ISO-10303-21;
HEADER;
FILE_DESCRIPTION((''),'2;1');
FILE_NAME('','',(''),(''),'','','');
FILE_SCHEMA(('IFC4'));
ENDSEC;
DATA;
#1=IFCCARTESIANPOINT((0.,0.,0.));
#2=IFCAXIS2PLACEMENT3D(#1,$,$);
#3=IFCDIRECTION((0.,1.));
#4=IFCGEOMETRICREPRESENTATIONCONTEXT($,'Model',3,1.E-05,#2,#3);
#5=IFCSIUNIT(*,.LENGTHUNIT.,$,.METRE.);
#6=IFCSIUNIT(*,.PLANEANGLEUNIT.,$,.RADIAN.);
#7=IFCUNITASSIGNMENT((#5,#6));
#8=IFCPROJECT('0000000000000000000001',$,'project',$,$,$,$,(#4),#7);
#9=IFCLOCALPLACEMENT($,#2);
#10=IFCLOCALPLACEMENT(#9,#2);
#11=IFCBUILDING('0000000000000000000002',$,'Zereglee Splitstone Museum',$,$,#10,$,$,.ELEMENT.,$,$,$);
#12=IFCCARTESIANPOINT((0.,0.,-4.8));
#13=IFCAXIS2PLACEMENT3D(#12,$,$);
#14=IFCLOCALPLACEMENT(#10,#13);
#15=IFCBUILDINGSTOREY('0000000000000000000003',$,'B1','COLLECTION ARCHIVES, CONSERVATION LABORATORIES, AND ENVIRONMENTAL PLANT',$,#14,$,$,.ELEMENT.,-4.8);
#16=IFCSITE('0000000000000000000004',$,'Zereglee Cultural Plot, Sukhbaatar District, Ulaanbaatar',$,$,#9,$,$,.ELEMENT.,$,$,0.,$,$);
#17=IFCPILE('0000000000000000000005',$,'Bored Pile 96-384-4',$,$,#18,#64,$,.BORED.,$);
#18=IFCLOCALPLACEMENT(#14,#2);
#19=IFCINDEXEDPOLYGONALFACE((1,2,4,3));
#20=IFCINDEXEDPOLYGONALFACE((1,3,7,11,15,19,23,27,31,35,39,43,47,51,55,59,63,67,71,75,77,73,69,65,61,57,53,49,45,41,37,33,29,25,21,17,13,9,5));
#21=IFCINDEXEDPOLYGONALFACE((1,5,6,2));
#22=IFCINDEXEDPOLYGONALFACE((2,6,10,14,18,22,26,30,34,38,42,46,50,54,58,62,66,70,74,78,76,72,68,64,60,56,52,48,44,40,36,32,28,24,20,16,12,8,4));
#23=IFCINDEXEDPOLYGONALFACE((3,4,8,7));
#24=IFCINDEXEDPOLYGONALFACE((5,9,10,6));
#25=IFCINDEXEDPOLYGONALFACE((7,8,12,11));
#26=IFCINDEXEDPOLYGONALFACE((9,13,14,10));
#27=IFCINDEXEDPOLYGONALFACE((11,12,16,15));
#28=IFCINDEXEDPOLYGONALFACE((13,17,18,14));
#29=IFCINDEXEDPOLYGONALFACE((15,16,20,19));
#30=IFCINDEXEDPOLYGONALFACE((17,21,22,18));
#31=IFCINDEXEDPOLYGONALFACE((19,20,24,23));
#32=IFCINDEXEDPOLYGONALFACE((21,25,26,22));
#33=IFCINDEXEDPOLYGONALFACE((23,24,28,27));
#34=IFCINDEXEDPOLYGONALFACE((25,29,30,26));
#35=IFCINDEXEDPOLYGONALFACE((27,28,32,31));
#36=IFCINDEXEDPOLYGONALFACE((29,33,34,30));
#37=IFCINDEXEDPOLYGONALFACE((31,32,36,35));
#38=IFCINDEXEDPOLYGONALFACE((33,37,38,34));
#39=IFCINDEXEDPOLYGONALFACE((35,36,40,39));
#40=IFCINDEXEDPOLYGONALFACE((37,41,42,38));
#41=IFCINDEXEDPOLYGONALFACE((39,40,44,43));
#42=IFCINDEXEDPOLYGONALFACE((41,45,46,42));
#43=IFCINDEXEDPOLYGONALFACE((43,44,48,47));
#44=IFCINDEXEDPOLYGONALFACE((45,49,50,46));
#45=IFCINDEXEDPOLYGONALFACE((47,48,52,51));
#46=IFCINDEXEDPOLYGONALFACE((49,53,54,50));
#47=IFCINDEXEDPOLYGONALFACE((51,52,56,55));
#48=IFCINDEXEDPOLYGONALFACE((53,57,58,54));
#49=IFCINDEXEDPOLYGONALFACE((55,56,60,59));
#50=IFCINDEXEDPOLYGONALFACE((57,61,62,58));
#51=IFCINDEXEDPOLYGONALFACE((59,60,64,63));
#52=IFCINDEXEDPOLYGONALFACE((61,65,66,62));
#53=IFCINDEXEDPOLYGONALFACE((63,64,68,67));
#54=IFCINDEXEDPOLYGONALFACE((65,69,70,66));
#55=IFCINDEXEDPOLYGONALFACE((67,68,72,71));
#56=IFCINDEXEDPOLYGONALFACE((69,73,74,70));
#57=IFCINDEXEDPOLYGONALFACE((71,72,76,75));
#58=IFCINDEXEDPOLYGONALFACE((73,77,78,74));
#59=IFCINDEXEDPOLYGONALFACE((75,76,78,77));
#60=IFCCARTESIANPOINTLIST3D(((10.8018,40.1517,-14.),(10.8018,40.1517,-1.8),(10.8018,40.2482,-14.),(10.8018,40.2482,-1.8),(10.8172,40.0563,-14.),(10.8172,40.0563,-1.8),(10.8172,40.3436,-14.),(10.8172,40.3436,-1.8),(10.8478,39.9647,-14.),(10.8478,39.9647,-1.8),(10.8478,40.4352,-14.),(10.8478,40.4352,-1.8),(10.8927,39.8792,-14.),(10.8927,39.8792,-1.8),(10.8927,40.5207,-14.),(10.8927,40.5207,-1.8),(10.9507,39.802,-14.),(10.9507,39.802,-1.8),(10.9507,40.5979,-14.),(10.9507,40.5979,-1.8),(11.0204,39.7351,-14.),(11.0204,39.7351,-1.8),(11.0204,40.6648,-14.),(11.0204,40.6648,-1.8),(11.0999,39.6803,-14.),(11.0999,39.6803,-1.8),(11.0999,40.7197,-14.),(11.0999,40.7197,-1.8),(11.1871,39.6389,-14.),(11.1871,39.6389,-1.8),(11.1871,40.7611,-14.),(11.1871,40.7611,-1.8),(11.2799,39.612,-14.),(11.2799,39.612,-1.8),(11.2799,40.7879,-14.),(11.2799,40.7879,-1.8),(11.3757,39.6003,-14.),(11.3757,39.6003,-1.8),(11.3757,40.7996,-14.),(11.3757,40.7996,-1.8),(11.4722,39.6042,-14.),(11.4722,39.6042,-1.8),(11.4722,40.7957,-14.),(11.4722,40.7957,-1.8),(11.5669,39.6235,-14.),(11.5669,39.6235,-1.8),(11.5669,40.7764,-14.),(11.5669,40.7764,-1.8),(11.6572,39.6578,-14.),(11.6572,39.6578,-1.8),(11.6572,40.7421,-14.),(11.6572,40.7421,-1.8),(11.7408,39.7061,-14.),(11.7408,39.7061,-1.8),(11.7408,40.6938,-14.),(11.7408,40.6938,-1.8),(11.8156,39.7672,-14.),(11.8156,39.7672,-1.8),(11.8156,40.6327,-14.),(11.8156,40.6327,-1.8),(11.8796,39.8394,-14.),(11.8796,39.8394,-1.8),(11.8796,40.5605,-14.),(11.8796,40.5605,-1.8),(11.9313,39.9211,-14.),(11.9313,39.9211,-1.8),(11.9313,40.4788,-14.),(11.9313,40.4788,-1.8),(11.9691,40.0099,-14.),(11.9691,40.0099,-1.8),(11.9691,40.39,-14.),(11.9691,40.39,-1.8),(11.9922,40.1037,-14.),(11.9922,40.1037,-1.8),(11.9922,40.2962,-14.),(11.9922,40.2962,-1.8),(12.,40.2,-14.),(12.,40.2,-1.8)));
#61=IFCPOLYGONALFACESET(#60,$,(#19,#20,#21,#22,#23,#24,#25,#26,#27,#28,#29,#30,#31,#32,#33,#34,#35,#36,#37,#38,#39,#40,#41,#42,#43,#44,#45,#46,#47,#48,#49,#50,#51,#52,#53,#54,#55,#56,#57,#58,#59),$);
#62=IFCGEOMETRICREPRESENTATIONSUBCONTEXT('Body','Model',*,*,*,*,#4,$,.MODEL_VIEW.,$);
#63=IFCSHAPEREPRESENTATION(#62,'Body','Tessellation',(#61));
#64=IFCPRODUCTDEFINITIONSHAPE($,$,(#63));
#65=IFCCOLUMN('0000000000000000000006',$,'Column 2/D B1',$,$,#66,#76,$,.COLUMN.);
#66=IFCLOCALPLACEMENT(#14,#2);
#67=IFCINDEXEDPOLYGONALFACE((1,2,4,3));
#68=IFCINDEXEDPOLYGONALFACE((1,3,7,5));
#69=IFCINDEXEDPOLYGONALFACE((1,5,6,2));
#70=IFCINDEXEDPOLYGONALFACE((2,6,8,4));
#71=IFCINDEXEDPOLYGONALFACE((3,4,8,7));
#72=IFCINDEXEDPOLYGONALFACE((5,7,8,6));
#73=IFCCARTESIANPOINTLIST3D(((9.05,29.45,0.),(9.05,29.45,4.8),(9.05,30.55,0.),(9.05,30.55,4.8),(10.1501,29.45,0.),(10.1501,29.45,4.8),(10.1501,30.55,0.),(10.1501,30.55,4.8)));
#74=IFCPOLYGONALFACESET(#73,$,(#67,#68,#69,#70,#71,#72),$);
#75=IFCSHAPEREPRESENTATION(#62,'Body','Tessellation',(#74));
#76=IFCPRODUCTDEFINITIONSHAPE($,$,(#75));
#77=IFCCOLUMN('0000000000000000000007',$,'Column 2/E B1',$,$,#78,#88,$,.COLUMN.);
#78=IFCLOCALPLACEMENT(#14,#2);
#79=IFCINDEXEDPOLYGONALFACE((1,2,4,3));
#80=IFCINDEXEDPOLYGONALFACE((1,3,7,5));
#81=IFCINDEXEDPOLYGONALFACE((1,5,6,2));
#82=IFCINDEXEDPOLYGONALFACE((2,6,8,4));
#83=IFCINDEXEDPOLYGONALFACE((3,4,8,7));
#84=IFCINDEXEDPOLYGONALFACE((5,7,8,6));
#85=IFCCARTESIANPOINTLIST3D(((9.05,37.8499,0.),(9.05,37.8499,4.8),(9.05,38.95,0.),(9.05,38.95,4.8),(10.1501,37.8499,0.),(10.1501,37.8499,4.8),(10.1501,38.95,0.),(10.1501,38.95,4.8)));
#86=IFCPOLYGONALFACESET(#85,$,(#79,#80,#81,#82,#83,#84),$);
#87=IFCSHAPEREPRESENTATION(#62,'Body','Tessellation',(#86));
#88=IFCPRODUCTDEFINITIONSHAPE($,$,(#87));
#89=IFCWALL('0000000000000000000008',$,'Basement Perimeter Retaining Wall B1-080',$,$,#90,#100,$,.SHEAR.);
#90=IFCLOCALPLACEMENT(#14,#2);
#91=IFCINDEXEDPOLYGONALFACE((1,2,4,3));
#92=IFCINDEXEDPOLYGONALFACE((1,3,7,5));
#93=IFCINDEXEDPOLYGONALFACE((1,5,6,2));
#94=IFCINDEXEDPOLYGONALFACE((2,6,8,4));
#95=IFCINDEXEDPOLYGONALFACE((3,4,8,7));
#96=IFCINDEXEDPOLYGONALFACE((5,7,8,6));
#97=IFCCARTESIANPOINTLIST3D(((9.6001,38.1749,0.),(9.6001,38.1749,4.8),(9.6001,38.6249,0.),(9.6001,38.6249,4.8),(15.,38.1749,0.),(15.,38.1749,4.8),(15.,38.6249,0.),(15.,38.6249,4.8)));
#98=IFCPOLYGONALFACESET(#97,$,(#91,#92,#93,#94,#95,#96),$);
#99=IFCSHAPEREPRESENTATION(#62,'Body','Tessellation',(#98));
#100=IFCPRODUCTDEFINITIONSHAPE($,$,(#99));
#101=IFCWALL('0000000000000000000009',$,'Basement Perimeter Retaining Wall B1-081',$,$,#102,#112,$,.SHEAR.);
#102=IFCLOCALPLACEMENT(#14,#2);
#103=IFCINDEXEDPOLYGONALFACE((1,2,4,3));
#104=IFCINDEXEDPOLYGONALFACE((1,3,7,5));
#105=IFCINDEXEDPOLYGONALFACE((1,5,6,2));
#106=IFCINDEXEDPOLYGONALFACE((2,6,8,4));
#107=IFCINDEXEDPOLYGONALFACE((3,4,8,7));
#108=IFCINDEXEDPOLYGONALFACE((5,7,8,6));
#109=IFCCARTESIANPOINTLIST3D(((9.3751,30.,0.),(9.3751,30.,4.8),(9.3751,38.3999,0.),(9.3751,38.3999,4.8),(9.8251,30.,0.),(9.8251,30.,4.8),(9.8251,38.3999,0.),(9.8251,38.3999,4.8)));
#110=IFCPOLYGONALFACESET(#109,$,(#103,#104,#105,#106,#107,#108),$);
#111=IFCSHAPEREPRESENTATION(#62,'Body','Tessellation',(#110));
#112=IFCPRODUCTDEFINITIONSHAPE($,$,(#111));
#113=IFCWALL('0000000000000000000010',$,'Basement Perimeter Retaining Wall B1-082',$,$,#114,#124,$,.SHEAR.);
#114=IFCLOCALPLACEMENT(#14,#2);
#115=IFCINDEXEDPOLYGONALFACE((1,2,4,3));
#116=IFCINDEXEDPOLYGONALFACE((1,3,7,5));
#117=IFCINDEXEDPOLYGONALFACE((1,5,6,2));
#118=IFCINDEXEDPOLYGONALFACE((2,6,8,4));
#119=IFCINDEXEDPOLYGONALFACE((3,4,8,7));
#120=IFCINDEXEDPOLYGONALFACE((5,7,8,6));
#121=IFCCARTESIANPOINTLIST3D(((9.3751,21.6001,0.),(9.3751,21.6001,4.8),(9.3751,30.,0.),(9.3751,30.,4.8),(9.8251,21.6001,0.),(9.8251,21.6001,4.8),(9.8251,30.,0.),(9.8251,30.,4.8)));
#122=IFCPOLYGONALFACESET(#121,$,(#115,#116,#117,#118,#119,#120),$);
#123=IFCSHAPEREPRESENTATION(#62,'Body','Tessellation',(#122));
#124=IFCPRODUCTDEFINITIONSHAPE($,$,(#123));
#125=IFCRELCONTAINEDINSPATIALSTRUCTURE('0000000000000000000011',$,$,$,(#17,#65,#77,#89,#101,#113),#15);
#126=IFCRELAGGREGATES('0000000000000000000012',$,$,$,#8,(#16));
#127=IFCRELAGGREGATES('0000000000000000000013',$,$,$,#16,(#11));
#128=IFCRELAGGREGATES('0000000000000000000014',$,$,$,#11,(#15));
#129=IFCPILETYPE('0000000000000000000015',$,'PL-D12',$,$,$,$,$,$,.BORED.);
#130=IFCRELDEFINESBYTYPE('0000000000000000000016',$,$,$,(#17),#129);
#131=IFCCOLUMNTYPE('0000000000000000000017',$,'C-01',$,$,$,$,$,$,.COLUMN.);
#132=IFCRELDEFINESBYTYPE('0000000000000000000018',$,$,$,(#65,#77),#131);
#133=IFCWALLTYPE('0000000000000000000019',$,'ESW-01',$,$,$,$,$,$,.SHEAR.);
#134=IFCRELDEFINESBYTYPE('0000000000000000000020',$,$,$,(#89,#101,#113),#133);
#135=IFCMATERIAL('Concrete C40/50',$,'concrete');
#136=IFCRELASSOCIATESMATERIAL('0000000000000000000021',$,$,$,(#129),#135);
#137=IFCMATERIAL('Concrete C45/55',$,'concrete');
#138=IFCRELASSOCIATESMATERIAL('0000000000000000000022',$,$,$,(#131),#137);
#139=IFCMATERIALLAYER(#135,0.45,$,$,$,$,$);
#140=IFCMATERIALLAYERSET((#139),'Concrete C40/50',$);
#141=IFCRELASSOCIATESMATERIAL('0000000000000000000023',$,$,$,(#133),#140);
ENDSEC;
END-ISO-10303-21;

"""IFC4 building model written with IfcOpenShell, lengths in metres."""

from ifc_helpers import new_model, si_unit, direction, frame, frame_2d, origin, origin_2d, place, context, subcontext, project, spatial, rectangle, circle, extrude, material, layer, layer_set, material_profile, profile_set, type_object, element, save


model = new_model("IFC4")

# Units and contexts
model_context = context("Model", 3, precision=1e-05, world=origin(), true_north=direction((0.0, 1.0)))
body_context = subcontext(model_context, "Body", "Model", "MODEL_VIEW")
ifc_project = project(units=[si_unit("LENGTHUNIT", "METRE"), si_unit("PLANEANGLEUNIT", "RADIAN")], contexts=[model_context])

# Site, building, storey
site_placement = place(None, origin())
site = spatial("IfcSite", under=ifc_project, at=site_placement, Name="Zereglee Cultural Plot, Sukhbaatar District, Ulaanbaatar", CompositionType="ELEMENT", RefElevation=0.0)
building_placement = place(site_placement, origin())
building = spatial("IfcBuilding", under=site, at=building_placement, Name="Zereglee Splitstone Museum", CompositionType="ELEMENT")
storey_placement = place(building_placement, frame((0.0, 0.0, -4.8)))
storey = spatial("IfcBuildingStorey", under=building, at=storey_placement, Name="B1", Description="COLLECTION ARCHIVES, CONSERVATION LABORATORIES, AND ENVIRONMENTAL PLANT", CompositionType="ELEMENT", Elevation=-4.8)

# Shared definitions
ifc_material_1 = material(Name="Concrete C40/50", Category="concrete")

# Pile
ifc_material_profile_1 = material_profile(ifc_material_1, circle(Radius=0.6001, at=origin_2d()), Name="PILE D1200")
ifc_profile_set_1 = profile_set([ifc_material_profile_1], Name="Concrete C40/50")
pile_type_1 = type_object("IfcPileType", Name="PL-D12", PredefinedType="BORED", material=ifc_profile_set_1)
for number, where, z_axis, x_axis, name in (
    (1, (11.3999, 40.2, -1.8), (0.0, 0.0, -1.0), (1.0, 0.0, 0.0), "Bored Pile 96-384-4"),
):
    element("IfcPile", number, at=place(storey_placement, frame(where, z_axis=z_axis, x_axis=x_axis)), inside=storey, type_object=pile_type_1, Name=name, PredefinedType="BORED", context=body_context, shape_type="SweptSolid", body=[
        extrude(circle(Radius=0.6001, at=origin_2d()), origin(), (0.0, 0.0, 1.0), 12.2),
    ])

# Columns
ifc_material_2 = material(Name="Concrete C45/55", Category="concrete")
ifc_material_profile_2 = material_profile(ifc_material_2, rectangle(XDim=1.1001, YDim=1.1001, at=origin_2d()), Name="RC 1100x1100")
ifc_profile_set_2 = profile_set([ifc_material_profile_2], Name="Concrete C45/55")
column_type = type_object("IfcColumnType", Name="C-01", PredefinedType="COLUMN", material=ifc_profile_set_2)
for number, where, z_axis, x_axis, name in (
    (2, (9.6001, 30.0, 0.0), (0.0, 0.0, 1.0), (1.0, 0.0, 0.0), "Column 2/D B1"),
    (3, (9.6001, 38.3999, 0.0), (0.0, 0.0, 1.0), (1.0, 0.0, 0.0), "Column 2/E B1"),
):
    element("IfcColumn", number, at=place(storey_placement, frame(where, z_axis=z_axis, x_axis=x_axis)), inside=storey, type_object=column_type, Name=name, PredefinedType="COLUMN", context=body_context, shape_type="SweptSolid", body=[
        extrude(rectangle(XDim=1.1001, YDim=1.1001, at=origin_2d()), origin(), (0.0, 0.0, 1.0), 4.8),
    ])

# Walls
ifc_layer_1 = layer(ifc_material_1, 0.45)
ifc_layer_set_1 = layer_set([ifc_layer_1], Name="Concrete C40/50")
wall_type = type_object("IfcWallType", Name="ESW-01", PredefinedType="SHEAR", material=ifc_layer_set_1)
wall_placement = place(storey_placement, frame((15.0, 38.3999, 0.0), z_axis=(0.0, 0.0, 1.0), x_axis=(-1.0, 0.0, 0.0)))
element("IfcWall", 4, at=wall_placement, inside=storey, type_object=wall_type, Name="Basement Perimeter Retaining Wall B1-080", PredefinedType="SHEAR", context=body_context, shape_type="SweptSolid", body=[
    extrude(rectangle(XDim=5.3999, YDim=0.45, at=frame_2d((2.7, 0.0))), origin(), (0.0, 0.0, 1.0), 4.8),
])
for number, where, z_axis, x_axis, name in (
    (5, (9.6001, 38.3999, 0.0), (0.0, 0.0, 1.0), (0.0, -1.0, 0.0), "Basement Perimeter Retaining Wall B1-081"),
    (6, (9.6001, 30.0, 0.0), (0.0, 0.0, 1.0), (0.0, -1.0, 0.0), "Basement Perimeter Retaining Wall B1-082"),
):
    element("IfcWall", number, at=place(storey_placement, frame(where, z_axis=z_axis, x_axis=x_axis)), inside=storey, type_object=wall_type, Name=name, PredefinedType="SHEAR", context=body_context, shape_type="SweptSolid", body=[
        extrude(rectangle(XDim=8.3999, YDim=0.45, at=frame_2d((4.2, 0.0))), origin(), (0.0, 0.0, 1.0), 4.8),
    ])

save(model, "model.ifc")
